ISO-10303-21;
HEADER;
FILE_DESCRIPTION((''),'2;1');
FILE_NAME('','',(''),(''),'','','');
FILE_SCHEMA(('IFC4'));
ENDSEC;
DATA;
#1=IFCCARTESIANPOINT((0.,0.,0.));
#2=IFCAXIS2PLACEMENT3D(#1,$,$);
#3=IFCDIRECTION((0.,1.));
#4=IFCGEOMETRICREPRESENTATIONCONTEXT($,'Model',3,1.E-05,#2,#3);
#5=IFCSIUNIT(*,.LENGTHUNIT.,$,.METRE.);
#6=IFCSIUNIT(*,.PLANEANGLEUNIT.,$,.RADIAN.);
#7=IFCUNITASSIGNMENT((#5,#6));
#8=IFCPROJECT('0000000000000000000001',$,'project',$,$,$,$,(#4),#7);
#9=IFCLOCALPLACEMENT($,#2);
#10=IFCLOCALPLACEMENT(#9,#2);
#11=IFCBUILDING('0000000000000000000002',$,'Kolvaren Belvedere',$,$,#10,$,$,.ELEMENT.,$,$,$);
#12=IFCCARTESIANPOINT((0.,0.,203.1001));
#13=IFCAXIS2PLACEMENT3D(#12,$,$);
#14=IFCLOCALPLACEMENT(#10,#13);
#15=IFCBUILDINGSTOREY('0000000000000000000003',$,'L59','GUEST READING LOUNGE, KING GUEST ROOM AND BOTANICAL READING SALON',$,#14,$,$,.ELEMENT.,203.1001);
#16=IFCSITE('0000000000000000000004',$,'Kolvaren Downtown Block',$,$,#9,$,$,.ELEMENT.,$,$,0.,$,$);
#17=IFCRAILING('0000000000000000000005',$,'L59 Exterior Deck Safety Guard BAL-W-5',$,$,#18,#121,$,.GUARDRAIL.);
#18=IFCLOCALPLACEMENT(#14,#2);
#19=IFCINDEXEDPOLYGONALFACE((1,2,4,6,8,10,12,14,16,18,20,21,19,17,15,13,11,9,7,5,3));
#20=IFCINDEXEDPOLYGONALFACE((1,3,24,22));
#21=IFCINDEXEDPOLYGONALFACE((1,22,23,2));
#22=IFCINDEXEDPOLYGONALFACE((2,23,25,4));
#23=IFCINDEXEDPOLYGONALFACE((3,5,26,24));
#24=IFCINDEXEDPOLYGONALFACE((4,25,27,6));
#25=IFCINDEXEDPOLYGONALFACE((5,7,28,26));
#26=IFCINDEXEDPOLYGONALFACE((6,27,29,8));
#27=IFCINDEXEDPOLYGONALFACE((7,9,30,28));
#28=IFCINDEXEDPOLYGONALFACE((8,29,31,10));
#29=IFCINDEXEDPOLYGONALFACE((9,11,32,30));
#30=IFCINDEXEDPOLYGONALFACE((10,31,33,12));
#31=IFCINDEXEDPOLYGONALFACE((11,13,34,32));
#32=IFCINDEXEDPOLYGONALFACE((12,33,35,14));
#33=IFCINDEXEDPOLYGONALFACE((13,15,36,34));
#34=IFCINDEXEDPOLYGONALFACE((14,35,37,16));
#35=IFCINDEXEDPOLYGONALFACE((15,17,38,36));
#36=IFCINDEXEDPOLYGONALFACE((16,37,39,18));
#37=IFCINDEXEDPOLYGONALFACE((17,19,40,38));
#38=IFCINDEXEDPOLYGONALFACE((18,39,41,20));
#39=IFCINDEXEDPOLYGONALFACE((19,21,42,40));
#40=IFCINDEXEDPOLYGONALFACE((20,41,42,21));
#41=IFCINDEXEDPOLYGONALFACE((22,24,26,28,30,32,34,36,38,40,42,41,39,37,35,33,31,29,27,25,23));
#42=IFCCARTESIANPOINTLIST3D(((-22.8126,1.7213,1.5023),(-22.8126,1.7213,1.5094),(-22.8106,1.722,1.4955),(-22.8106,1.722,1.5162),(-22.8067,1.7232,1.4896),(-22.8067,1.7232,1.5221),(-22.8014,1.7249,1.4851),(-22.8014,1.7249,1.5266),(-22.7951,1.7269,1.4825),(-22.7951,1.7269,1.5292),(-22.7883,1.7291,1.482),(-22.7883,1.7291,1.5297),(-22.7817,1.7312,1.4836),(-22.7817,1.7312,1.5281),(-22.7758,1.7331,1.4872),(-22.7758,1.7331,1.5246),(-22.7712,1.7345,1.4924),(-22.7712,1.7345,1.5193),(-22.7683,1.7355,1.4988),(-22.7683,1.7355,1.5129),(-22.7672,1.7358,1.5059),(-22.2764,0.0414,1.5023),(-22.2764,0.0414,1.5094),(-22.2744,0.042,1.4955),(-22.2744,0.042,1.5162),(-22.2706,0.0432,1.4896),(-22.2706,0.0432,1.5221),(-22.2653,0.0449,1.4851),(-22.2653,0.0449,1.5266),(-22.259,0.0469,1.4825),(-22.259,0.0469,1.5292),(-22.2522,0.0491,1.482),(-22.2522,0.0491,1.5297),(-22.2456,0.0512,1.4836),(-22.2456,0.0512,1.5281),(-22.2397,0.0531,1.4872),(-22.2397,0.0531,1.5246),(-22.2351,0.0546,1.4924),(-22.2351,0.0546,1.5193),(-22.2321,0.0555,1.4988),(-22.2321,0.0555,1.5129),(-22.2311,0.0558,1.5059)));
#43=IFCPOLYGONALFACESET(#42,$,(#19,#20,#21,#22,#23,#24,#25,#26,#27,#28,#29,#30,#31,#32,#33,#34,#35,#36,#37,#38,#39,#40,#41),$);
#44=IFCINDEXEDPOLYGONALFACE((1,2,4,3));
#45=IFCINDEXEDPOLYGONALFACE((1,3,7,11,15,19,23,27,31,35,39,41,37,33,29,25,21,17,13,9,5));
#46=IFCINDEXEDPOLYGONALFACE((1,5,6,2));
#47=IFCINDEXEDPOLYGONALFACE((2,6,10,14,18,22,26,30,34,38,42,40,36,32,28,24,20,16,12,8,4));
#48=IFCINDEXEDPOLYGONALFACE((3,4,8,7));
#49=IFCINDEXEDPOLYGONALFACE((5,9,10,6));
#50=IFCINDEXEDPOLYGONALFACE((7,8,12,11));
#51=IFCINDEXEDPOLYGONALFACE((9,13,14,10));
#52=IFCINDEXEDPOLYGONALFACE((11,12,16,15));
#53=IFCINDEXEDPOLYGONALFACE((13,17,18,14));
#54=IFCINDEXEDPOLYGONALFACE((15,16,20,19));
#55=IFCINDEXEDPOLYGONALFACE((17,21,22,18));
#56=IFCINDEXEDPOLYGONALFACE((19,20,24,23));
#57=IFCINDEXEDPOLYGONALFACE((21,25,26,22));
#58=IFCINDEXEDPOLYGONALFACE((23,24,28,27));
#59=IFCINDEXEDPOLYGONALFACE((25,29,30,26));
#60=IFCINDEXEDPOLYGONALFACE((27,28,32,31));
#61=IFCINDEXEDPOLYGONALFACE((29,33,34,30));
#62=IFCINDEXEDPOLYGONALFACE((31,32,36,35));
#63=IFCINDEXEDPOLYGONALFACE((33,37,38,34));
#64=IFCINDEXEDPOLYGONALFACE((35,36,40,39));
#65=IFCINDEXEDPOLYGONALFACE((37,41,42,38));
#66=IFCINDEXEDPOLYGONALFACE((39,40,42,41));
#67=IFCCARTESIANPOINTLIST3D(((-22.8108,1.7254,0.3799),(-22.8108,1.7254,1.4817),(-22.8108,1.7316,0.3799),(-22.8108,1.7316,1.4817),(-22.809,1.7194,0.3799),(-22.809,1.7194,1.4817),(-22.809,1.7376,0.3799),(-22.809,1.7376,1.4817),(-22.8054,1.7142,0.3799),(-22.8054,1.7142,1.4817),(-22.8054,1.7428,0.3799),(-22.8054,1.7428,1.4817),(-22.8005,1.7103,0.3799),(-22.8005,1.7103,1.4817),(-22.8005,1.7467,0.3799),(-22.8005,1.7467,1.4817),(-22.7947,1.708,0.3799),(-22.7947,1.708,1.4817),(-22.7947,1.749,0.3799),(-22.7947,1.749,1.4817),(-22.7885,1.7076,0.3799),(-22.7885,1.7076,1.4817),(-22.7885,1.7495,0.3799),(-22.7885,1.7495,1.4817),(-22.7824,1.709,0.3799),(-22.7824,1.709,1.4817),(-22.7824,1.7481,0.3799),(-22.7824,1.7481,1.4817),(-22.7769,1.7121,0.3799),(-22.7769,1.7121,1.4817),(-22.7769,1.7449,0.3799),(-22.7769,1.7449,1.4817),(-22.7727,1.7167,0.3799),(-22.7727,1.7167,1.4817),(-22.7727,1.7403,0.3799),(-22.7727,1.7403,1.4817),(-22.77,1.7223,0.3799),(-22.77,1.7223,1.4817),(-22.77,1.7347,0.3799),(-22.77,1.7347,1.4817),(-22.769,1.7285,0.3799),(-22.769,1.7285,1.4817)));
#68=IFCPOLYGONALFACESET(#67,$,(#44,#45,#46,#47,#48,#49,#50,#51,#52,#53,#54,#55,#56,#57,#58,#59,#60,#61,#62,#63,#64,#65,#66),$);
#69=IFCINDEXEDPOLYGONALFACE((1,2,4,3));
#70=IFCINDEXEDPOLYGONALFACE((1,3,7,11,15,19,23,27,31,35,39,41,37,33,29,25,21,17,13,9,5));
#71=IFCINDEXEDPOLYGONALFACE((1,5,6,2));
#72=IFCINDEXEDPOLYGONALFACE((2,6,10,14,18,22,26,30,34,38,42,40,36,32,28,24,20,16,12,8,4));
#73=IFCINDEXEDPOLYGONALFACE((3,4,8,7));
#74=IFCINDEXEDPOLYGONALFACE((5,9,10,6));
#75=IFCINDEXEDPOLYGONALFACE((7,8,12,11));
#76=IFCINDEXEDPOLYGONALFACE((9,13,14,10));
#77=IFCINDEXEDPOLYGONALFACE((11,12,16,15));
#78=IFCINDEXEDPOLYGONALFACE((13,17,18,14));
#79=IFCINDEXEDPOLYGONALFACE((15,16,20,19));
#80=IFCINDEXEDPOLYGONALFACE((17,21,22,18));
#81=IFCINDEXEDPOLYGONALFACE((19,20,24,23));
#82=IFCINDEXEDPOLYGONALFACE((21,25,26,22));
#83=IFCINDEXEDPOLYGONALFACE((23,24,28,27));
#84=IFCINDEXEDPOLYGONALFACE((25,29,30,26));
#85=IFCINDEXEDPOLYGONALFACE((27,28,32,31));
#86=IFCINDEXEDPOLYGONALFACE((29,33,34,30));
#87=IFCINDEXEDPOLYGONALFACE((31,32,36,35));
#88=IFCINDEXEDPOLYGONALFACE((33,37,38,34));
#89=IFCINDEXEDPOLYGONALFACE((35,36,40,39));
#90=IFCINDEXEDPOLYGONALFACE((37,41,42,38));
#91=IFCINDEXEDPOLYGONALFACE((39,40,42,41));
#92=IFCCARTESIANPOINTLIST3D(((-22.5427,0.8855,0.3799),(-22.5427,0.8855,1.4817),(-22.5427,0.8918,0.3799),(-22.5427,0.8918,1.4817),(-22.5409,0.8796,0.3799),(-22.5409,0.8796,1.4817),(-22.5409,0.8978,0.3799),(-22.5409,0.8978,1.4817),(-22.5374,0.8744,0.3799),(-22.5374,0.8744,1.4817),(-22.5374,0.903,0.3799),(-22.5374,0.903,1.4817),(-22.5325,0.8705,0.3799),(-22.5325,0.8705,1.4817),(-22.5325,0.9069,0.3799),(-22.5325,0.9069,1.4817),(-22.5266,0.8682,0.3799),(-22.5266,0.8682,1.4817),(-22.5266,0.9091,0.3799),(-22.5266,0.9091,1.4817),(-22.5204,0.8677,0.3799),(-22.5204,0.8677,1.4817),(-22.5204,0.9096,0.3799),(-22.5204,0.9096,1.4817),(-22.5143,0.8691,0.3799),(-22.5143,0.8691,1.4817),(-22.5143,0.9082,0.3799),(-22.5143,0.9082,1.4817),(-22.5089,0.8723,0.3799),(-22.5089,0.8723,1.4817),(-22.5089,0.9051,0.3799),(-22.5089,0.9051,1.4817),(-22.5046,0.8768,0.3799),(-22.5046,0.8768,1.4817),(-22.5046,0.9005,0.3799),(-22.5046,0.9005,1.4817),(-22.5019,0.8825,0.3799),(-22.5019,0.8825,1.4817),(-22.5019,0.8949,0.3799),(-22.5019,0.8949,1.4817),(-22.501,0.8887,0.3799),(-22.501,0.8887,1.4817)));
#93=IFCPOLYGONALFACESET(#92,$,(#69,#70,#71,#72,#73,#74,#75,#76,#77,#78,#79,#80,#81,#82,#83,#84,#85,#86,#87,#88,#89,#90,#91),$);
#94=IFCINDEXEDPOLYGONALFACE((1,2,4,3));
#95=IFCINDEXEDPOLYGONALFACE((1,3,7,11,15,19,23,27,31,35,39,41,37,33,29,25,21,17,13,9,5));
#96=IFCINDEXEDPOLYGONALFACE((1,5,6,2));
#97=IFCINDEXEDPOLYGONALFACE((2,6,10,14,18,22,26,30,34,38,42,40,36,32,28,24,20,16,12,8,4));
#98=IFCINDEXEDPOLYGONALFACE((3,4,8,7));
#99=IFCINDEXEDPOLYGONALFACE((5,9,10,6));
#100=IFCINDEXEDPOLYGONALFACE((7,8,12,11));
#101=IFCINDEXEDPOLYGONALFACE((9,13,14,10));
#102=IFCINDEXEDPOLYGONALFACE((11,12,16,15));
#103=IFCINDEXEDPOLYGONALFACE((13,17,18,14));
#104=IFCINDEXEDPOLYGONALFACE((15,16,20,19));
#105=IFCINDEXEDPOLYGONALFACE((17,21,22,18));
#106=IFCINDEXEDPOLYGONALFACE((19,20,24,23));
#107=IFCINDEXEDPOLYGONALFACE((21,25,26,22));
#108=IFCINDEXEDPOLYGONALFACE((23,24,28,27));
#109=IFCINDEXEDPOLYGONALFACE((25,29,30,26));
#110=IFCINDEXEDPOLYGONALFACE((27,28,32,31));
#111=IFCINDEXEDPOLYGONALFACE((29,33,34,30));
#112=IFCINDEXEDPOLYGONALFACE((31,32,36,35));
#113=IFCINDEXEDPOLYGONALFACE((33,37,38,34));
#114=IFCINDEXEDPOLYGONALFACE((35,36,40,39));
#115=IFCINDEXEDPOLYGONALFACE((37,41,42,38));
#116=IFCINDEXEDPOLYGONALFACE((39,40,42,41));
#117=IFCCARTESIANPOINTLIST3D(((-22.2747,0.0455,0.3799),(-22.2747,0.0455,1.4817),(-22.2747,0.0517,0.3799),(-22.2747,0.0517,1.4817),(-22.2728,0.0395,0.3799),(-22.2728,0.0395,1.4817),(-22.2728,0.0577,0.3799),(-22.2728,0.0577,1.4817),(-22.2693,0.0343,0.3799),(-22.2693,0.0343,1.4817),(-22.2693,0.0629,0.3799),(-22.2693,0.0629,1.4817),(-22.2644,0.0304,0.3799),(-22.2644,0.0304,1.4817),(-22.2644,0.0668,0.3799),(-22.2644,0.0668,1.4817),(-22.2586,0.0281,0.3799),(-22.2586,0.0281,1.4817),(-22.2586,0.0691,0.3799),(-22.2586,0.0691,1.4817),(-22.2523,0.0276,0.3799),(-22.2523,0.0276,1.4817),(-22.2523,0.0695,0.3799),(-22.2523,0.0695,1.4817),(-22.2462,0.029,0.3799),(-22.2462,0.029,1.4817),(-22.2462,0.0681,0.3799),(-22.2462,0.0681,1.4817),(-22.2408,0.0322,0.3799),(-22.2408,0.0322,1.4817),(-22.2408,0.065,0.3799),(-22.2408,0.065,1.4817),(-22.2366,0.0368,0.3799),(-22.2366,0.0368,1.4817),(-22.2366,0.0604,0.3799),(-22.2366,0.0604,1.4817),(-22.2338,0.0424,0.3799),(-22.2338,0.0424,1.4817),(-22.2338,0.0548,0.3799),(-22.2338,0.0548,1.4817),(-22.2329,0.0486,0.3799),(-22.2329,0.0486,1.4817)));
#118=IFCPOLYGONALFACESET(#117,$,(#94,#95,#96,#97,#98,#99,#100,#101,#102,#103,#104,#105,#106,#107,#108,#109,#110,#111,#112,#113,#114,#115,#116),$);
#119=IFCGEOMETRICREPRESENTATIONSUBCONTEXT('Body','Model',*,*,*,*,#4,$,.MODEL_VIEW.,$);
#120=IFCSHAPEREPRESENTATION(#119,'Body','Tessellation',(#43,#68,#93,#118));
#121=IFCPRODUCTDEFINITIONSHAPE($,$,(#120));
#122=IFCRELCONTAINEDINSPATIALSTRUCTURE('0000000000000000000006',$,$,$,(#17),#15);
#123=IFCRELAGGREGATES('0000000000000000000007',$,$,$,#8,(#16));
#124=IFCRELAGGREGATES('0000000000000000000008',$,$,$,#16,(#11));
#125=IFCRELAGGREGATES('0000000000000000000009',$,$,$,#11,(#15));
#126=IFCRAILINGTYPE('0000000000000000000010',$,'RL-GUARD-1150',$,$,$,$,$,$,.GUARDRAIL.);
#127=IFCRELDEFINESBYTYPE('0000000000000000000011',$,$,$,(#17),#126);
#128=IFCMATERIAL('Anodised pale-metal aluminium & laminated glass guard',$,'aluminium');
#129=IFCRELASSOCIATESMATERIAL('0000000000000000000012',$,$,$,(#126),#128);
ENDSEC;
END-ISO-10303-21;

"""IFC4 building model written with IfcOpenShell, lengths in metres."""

from ifc_helpers import new_model, si_unit, direction, frame, origin, origin_2d, place, context, subcontext, project, spatial, circle, extrude, material, type_object, element, save


model = new_model("IFC4")

# Units and contexts
model_context = context("Model", 3, precision=1e-05, world=origin(), true_north=direction((0.0, 1.0)))
body_context = subcontext(model_context, "Body", "Model", "MODEL_VIEW")
ifc_project = project(units=[si_unit("LENGTHUNIT", "METRE"), si_unit("PLANEANGLEUNIT", "RADIAN")], contexts=[model_context])

# Site, building, storey
site_placement = place(None, origin())
site = spatial("IfcSite", under=ifc_project, at=site_placement, Name="Kolvaren Downtown Block", CompositionType="ELEMENT", RefElevation=0.0)
building_placement = place(site_placement, origin())
building = spatial("IfcBuilding", under=site, at=building_placement, Name="Kolvaren Belvedere", CompositionType="ELEMENT")
storey_placement = place(building_placement, frame((0.0, 0.0, 203.1001)))
storey = spatial("IfcBuildingStorey", under=building, at=storey_placement, Name="L59", Description="GUEST READING LOUNGE, KING GUEST ROOM AND BOTANICAL READING SALON", CompositionType="ELEMENT", Elevation=203.1001)

# Railing
ifc_material_1 = material(Name="Anodised pale-metal aluminium & laminated glass guard", Category="aluminium")
railing_type = type_object("IfcRailingType", Name="RL-GUARD-1150", PredefinedType="GUARDRAIL", material=ifc_material_1)
railing_1_placement = place(storey_placement, frame((-22.79, 1.7285, 0.3799)))
element("IfcRailing", 1, at=railing_1_placement, inside=storey, type_object=railing_type, Name="L59 Exterior Deck Safety Guard BAL-W-5", PredefinedType="GUARDRAIL", context=body_context, shape_type="SweptSolid", body=[
    extrude(circle(Radius=0.0239, at=origin_2d()), frame((0.0, 0.0, 1.126), z_axis=(0.304032, -0.952662, 0.0), x_axis=(0.952662, 0.304032, 0.0)), (0.0, 0.0, 1.0), 1.7634),
    extrude(circle(Radius=0.021, at=origin_2d()), origin(), (0.0, 0.0, 1.0), 1.1018),
    extrude(circle(Radius=0.021, at=origin_2d()), frame((0.2681, -0.8398, 0.0)), (0.0, 0.0, 1.0), 1.1018),
    extrude(circle(Radius=0.021, at=origin_2d()), frame((0.5361, -1.6799, 0.0)), (0.0, 0.0, 1.0), 1.1018),
])

save(model, "model.ifc")
